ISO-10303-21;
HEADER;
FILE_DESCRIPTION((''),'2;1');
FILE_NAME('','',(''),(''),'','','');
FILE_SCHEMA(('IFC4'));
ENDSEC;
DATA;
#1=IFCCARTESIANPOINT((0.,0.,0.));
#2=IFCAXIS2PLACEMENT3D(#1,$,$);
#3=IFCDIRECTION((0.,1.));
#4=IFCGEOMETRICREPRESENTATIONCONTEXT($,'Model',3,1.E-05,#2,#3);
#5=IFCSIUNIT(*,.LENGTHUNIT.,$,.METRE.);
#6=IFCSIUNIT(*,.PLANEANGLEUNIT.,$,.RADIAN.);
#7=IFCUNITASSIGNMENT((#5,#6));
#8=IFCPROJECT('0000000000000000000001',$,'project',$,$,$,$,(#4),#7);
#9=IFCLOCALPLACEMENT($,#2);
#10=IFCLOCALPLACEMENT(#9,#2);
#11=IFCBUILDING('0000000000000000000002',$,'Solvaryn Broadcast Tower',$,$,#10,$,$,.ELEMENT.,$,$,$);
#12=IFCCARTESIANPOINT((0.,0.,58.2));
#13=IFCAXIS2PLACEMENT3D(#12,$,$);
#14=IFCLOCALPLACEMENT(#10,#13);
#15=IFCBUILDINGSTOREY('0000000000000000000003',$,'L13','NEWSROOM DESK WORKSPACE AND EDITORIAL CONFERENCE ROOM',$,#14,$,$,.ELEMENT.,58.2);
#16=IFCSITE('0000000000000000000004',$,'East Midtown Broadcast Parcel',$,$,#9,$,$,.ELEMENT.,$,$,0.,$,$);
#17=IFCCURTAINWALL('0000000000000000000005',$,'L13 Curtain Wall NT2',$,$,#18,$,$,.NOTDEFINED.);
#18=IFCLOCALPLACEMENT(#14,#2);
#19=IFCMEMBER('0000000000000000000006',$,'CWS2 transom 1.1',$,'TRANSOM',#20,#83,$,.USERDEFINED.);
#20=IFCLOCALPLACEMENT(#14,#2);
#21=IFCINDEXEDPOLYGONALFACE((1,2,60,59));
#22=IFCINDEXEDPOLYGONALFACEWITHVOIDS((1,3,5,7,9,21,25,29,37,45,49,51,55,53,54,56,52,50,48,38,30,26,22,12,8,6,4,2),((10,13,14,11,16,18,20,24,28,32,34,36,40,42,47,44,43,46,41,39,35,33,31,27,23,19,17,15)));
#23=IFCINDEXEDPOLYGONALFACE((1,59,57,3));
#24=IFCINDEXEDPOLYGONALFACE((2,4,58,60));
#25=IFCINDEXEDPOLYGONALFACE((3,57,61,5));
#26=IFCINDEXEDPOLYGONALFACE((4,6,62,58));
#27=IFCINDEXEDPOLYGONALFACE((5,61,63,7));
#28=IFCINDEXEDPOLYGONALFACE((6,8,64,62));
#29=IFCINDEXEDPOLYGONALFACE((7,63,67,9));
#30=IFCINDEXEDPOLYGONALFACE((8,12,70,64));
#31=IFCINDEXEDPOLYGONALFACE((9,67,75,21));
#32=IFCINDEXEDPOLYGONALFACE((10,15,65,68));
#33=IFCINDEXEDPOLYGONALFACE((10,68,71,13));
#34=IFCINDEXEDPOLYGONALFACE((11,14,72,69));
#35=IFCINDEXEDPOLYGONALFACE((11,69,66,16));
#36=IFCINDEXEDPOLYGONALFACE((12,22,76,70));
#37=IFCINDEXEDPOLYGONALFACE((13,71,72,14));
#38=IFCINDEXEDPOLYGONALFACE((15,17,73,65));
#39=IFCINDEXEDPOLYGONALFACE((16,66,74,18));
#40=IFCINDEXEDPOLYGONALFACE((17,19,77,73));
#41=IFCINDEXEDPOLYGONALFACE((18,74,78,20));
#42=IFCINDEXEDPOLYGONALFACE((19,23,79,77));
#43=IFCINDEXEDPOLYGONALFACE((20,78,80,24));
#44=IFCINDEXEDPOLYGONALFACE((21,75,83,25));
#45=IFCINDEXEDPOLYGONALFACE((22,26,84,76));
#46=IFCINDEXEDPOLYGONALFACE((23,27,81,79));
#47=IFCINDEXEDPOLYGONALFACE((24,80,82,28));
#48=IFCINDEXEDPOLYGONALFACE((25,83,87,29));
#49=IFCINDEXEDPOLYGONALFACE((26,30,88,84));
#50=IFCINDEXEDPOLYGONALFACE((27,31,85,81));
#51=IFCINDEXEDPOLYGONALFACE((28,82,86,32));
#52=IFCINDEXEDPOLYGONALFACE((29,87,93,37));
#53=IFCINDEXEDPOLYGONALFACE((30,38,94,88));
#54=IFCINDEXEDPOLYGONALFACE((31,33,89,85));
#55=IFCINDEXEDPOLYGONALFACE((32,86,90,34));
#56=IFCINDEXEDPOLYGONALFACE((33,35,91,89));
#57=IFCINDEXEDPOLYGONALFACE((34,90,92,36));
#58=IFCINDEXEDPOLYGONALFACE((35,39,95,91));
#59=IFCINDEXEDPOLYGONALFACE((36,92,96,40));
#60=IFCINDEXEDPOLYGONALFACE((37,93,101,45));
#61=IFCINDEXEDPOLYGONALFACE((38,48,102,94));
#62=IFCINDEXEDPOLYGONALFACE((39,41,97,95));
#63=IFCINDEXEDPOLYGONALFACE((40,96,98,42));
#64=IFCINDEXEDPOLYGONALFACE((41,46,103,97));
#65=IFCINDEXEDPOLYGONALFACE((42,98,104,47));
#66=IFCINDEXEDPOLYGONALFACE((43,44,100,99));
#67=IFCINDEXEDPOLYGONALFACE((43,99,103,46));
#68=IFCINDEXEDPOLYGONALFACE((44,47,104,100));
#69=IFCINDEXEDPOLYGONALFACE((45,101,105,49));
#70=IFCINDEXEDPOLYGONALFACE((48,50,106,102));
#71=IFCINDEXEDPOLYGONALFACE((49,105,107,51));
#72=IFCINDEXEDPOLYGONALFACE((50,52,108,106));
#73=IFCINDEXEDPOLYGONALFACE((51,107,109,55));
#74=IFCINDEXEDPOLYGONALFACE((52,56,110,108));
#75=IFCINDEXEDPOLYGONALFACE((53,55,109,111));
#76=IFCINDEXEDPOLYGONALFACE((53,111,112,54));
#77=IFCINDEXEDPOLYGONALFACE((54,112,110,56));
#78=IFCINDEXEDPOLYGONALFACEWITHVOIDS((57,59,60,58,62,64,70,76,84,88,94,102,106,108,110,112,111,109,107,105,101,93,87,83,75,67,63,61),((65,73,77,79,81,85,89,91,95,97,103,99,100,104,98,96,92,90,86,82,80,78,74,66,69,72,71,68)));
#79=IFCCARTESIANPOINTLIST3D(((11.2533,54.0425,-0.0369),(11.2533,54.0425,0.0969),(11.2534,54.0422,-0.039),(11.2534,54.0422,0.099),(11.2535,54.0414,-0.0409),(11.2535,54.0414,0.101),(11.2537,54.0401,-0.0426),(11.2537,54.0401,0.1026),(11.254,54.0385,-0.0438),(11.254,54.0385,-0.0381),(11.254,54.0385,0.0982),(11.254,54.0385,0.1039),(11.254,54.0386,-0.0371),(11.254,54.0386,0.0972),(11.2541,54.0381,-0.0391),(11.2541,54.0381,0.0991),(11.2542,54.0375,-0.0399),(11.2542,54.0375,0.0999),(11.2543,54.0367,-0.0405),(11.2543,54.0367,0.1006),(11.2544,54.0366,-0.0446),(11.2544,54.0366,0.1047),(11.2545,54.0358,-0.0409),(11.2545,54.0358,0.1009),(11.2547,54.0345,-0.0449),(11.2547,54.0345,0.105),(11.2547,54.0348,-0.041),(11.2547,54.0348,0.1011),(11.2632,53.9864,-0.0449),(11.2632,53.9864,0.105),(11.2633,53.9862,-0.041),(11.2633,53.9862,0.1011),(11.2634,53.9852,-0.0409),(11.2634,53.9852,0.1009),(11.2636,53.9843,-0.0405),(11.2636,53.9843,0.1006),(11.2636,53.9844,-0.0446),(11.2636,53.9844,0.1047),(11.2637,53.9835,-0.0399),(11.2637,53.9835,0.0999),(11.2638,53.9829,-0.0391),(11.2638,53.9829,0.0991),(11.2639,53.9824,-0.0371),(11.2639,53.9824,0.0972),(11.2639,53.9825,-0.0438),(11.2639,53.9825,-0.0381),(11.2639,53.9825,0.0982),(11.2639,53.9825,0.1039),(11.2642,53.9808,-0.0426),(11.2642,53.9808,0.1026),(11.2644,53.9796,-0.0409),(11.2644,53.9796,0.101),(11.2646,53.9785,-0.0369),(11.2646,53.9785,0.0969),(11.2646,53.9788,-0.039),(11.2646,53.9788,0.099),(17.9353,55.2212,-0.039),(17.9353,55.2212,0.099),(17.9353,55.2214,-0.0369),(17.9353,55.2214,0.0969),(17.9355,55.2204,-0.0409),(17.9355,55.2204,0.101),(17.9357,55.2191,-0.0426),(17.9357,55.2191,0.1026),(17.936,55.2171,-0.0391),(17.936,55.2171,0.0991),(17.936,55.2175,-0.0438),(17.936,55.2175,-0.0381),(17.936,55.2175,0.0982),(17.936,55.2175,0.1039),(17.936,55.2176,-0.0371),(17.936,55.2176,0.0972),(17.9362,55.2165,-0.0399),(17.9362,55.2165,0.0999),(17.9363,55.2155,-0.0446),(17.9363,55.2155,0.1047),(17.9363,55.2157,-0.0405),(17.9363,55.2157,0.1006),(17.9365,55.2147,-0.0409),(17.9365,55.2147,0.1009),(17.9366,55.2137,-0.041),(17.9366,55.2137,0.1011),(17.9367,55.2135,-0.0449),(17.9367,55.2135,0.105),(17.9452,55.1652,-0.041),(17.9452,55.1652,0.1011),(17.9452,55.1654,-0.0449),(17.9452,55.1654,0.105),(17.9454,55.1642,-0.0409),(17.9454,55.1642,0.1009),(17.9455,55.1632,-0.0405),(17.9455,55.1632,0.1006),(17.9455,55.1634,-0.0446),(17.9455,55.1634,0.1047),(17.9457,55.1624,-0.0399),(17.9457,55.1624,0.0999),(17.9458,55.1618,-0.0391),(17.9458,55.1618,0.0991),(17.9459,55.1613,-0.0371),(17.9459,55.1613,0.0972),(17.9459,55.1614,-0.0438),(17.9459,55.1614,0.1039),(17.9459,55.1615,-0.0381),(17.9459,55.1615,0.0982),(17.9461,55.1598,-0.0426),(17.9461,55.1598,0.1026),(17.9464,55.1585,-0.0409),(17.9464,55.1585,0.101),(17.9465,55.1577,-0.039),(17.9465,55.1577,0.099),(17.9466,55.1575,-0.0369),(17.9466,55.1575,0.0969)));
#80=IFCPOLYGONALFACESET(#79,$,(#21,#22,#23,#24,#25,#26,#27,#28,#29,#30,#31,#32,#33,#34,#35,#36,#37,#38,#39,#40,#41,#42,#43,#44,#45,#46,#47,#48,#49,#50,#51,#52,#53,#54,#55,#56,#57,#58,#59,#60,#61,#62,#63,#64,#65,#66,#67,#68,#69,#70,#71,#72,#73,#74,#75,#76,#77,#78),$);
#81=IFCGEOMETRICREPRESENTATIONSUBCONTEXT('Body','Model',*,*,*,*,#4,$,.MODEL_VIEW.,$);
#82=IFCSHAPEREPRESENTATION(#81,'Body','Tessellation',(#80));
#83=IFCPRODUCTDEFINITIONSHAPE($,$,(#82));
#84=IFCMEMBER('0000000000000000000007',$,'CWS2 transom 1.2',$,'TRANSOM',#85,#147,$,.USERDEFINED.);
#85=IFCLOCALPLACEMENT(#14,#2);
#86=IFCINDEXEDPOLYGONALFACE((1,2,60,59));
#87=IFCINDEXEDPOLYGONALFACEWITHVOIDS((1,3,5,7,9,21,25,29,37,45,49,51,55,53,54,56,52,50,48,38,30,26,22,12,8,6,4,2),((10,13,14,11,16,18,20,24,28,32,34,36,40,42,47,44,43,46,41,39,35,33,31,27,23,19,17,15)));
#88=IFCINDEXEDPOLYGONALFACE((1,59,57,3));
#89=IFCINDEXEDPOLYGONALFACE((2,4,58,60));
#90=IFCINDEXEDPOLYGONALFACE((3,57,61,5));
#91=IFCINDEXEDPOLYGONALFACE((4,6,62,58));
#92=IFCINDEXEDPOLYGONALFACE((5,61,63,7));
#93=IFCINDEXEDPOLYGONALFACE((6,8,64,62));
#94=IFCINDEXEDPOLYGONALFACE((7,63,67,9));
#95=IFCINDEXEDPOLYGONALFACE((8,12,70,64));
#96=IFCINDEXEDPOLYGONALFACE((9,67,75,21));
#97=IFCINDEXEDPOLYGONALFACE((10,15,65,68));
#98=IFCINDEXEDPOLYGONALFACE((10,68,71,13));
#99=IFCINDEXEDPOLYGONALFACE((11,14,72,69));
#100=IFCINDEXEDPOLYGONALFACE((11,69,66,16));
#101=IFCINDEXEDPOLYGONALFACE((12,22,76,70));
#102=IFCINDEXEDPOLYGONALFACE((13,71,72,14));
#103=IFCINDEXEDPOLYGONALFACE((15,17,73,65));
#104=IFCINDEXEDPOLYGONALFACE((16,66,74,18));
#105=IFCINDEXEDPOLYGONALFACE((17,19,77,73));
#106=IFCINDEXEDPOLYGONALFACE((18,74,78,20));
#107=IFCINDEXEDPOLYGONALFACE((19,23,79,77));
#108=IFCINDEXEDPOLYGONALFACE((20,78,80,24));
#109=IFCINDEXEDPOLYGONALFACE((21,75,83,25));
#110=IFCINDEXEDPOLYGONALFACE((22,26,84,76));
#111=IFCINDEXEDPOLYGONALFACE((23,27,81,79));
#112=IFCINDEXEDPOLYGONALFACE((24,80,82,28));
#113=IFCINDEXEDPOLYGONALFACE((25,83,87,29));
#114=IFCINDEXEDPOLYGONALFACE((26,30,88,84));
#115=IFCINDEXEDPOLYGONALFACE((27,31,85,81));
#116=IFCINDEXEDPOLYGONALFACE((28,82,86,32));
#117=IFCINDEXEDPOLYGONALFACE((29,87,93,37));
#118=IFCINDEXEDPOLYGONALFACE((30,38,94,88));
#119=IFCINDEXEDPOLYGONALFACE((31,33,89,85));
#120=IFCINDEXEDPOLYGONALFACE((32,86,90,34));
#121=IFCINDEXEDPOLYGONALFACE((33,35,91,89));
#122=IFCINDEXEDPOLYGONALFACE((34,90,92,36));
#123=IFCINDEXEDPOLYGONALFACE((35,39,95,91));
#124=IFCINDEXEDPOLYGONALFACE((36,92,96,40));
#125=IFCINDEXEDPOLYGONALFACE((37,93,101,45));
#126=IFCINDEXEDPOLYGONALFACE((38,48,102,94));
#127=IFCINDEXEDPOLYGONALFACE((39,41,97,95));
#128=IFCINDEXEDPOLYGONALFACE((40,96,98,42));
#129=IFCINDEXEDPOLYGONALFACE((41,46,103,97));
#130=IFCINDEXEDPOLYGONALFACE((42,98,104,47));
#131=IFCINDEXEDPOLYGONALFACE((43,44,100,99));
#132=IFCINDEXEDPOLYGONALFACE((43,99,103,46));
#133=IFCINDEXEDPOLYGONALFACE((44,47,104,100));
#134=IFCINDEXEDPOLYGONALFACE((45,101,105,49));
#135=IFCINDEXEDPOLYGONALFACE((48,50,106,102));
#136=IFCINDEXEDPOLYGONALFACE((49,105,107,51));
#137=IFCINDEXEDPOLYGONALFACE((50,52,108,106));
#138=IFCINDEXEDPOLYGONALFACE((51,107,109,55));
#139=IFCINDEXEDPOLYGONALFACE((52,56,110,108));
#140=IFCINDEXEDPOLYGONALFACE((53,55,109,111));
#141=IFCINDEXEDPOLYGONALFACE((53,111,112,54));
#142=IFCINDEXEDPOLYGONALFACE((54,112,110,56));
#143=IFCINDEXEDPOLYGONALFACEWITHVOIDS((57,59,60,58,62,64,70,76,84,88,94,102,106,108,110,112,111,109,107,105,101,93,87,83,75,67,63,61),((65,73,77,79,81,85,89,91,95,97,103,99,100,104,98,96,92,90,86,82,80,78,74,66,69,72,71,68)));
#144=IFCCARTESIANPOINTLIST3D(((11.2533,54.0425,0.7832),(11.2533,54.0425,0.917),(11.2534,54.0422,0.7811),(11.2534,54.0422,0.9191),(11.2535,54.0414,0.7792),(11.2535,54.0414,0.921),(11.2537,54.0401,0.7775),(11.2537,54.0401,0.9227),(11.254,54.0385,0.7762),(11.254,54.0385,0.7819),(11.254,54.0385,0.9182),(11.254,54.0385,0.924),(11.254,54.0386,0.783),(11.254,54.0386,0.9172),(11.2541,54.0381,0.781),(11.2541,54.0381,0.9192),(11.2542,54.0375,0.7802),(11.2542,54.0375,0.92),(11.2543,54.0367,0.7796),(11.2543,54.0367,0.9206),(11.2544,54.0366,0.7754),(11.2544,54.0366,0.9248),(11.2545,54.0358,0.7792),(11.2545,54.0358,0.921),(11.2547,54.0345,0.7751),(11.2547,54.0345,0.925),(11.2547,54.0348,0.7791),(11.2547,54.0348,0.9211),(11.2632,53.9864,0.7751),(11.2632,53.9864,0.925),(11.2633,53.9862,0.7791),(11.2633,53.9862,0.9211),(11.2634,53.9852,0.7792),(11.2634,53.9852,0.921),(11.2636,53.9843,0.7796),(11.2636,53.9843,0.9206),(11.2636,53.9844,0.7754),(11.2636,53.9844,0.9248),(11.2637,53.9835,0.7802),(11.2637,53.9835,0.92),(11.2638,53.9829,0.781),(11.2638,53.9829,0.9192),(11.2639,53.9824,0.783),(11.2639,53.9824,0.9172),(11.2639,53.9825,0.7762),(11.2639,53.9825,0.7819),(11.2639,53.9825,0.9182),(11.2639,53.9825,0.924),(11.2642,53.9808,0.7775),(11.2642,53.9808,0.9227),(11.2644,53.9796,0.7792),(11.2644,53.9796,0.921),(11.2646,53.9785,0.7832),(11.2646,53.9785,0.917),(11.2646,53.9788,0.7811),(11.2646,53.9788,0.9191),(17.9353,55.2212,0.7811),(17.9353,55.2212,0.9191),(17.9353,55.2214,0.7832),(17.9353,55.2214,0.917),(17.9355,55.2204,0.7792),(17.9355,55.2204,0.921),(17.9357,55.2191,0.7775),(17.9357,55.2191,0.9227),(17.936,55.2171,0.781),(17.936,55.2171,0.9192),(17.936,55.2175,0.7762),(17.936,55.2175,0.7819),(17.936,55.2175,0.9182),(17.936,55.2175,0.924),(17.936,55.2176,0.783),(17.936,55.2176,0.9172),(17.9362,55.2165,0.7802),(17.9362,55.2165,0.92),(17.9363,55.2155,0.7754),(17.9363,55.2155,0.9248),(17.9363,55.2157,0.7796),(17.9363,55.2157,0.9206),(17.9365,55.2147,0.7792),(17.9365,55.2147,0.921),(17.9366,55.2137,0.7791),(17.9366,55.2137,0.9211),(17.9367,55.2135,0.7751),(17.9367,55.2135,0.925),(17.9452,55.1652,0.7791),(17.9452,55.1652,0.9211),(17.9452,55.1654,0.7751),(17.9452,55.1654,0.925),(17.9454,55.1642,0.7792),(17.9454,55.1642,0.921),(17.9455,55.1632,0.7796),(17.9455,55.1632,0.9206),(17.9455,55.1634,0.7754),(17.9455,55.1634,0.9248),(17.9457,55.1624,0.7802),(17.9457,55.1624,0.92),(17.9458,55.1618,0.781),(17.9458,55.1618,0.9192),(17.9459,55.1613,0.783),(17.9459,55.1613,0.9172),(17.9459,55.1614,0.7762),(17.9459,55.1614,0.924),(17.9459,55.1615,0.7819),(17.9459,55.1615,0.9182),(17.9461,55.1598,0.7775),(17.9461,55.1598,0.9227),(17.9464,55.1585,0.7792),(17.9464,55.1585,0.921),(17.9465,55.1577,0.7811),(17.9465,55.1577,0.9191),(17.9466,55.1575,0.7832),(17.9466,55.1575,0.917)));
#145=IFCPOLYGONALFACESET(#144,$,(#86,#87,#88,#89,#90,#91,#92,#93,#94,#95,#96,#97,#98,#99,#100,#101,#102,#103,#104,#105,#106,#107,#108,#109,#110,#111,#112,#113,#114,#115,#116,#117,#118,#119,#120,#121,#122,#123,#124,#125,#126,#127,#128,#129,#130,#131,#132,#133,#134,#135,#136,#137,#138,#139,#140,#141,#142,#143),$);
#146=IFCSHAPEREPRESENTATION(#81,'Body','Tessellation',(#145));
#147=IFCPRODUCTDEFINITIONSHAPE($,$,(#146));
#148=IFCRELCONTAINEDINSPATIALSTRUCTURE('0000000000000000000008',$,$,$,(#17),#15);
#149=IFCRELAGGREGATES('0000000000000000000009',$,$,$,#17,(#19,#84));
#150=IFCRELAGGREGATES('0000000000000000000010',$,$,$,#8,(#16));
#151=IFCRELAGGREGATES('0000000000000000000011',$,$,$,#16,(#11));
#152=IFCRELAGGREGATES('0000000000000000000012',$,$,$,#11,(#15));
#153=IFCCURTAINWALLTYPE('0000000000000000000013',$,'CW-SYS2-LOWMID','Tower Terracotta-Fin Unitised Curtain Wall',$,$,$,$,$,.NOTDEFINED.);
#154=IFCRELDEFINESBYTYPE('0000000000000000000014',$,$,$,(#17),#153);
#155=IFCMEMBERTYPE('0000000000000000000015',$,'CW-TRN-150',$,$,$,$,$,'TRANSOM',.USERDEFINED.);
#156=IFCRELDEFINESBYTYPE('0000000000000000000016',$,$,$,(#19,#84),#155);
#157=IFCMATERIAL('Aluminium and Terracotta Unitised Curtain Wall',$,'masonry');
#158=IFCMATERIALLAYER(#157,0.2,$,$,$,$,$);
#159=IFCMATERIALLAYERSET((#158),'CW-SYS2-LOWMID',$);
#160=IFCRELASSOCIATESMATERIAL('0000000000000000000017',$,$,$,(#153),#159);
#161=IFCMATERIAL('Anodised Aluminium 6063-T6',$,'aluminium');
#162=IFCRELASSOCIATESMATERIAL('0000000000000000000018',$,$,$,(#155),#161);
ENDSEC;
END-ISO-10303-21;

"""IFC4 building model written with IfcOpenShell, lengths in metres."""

from ifc_helpers import new_model, si_unit, direction, frame, origin, origin_2d, place, context, subcontext, project, spatial, hollow_rectangle, extrude, material, layer, layer_set, material_profile, profile_set, type_object, element, aggregate, save


model = new_model("IFC4")

# Units and contexts
model_context = context("Model", 3, precision=1e-05, world=origin(), true_north=direction((0.0, 1.0)))
body_context = subcontext(model_context, "Body", "Model", "MODEL_VIEW")
ifc_project = project(units=[si_unit("LENGTHUNIT", "METRE"), si_unit("PLANEANGLEUNIT", "RADIAN")], contexts=[model_context])

# Site, building, storey
site_placement = place(None, origin())
site = spatial("IfcSite", under=ifc_project, at=site_placement, Name="East Midtown Broadcast Parcel", CompositionType="ELEMENT", RefElevation=0.0)
building_placement = place(site_placement, origin())
building = spatial("IfcBuilding", under=site, at=building_placement, Name="Solvaryn Broadcast Tower", CompositionType="ELEMENT")
storey_placement = place(building_placement, frame((0.0, 0.0, 58.2)))
storey = spatial("IfcBuildingStorey", under=building, at=storey_placement, Name="L13", Description="NEWSROOM DESK WORKSPACE AND EDITORIAL CONFERENCE ROOM", CompositionType="ELEMENT", Elevation=58.2)

# Curtain wall
ifc_material_1 = material(Name="Aluminium and Terracotta Unitised Curtain Wall", Category="masonry")
ifc_layer_1 = layer(ifc_material_1, 0.2)
ifc_layer_set_1 = layer_set([ifc_layer_1], Name="CW-SYS2-LOWMID")
curtain_wall_type = type_object("IfcCurtainWallType", Name="CW-SYS2-LOWMID", Description="Tower Terracotta-Fin Unitised Curtain Wall", PredefinedType="NOTDEFINED", material=ifc_layer_set_1)
curtain_wall_1_placement = place(storey_placement, origin())
curtain_wall_1 = element("IfcCurtainWall", 1, at=curtain_wall_1_placement, inside=storey, type_object=curtain_wall_type, Name="L13 Curtain Wall NT2", PredefinedType="NOTDEFINED")

# Members
ifc_material_2 = material(Name="Anodised Aluminium 6063-T6", Category="aluminium")
ifc_material_profile_1 = material_profile(ifc_material_2, hollow_rectangle(XDim=0.0649, YDim=0.1499, WallThickness=0.0039, InnerFilletRadius=0.0039, OuterFilletRadius=0.0081, at=origin_2d()))
ifc_profile_set_1 = profile_set([ifc_material_profile_1], Name="Anodised Aluminium 6063-T6")
member_type_1 = type_object("IfcMemberType", Name="CW-TRN-150", ElementType="TRANSOM", PredefinedType="USERDEFINED", material=ifc_profile_set_1)
member_1_placement = place(storey_placement, frame((17.9409, 55.1895, 0.03), z_axis=(-0.984789, -0.173757, 0.0), x_axis=(0.173757, -0.984789, 0.0)))
member_1 = element("IfcMember", 2, at=member_1_placement, type_object=member_type_1, Name="CWS2 transom 1.1", ObjectType="TRANSOM", PredefinedType="USERDEFINED", context=body_context, shape_type="SweptSolid", body=[
    extrude(hollow_rectangle(XDim=0.0649, YDim=0.1499, WallThickness=0.0039, InnerFilletRadius=0.0039, OuterFilletRadius=0.0081, at=origin_2d()), origin(), (0.0, 0.0, 1.0), 6.7852),
])
member_2_placement = place(storey_placement, frame((17.9409, 55.1895, 0.8501), z_axis=(-0.984789, -0.173757, 0.0), x_axis=(0.173757, -0.984789, 0.0)))
member_2 = element("IfcMember", 3, at=member_2_placement, type_object=member_type_1, Name="CWS2 transom 1.2", ObjectType="TRANSOM", PredefinedType="USERDEFINED", context=body_context, shape_type="SweptSolid", body=[
    extrude(hollow_rectangle(XDim=0.0649, YDim=0.1499, WallThickness=0.0039, InnerFilletRadius=0.0039, OuterFilletRadius=0.0081, at=origin_2d()), origin(), (0.0, 0.0, 1.0), 6.7852),
])

aggregate(curtain_wall_1, [member_1, member_2])

save(model, "model.ifc")
